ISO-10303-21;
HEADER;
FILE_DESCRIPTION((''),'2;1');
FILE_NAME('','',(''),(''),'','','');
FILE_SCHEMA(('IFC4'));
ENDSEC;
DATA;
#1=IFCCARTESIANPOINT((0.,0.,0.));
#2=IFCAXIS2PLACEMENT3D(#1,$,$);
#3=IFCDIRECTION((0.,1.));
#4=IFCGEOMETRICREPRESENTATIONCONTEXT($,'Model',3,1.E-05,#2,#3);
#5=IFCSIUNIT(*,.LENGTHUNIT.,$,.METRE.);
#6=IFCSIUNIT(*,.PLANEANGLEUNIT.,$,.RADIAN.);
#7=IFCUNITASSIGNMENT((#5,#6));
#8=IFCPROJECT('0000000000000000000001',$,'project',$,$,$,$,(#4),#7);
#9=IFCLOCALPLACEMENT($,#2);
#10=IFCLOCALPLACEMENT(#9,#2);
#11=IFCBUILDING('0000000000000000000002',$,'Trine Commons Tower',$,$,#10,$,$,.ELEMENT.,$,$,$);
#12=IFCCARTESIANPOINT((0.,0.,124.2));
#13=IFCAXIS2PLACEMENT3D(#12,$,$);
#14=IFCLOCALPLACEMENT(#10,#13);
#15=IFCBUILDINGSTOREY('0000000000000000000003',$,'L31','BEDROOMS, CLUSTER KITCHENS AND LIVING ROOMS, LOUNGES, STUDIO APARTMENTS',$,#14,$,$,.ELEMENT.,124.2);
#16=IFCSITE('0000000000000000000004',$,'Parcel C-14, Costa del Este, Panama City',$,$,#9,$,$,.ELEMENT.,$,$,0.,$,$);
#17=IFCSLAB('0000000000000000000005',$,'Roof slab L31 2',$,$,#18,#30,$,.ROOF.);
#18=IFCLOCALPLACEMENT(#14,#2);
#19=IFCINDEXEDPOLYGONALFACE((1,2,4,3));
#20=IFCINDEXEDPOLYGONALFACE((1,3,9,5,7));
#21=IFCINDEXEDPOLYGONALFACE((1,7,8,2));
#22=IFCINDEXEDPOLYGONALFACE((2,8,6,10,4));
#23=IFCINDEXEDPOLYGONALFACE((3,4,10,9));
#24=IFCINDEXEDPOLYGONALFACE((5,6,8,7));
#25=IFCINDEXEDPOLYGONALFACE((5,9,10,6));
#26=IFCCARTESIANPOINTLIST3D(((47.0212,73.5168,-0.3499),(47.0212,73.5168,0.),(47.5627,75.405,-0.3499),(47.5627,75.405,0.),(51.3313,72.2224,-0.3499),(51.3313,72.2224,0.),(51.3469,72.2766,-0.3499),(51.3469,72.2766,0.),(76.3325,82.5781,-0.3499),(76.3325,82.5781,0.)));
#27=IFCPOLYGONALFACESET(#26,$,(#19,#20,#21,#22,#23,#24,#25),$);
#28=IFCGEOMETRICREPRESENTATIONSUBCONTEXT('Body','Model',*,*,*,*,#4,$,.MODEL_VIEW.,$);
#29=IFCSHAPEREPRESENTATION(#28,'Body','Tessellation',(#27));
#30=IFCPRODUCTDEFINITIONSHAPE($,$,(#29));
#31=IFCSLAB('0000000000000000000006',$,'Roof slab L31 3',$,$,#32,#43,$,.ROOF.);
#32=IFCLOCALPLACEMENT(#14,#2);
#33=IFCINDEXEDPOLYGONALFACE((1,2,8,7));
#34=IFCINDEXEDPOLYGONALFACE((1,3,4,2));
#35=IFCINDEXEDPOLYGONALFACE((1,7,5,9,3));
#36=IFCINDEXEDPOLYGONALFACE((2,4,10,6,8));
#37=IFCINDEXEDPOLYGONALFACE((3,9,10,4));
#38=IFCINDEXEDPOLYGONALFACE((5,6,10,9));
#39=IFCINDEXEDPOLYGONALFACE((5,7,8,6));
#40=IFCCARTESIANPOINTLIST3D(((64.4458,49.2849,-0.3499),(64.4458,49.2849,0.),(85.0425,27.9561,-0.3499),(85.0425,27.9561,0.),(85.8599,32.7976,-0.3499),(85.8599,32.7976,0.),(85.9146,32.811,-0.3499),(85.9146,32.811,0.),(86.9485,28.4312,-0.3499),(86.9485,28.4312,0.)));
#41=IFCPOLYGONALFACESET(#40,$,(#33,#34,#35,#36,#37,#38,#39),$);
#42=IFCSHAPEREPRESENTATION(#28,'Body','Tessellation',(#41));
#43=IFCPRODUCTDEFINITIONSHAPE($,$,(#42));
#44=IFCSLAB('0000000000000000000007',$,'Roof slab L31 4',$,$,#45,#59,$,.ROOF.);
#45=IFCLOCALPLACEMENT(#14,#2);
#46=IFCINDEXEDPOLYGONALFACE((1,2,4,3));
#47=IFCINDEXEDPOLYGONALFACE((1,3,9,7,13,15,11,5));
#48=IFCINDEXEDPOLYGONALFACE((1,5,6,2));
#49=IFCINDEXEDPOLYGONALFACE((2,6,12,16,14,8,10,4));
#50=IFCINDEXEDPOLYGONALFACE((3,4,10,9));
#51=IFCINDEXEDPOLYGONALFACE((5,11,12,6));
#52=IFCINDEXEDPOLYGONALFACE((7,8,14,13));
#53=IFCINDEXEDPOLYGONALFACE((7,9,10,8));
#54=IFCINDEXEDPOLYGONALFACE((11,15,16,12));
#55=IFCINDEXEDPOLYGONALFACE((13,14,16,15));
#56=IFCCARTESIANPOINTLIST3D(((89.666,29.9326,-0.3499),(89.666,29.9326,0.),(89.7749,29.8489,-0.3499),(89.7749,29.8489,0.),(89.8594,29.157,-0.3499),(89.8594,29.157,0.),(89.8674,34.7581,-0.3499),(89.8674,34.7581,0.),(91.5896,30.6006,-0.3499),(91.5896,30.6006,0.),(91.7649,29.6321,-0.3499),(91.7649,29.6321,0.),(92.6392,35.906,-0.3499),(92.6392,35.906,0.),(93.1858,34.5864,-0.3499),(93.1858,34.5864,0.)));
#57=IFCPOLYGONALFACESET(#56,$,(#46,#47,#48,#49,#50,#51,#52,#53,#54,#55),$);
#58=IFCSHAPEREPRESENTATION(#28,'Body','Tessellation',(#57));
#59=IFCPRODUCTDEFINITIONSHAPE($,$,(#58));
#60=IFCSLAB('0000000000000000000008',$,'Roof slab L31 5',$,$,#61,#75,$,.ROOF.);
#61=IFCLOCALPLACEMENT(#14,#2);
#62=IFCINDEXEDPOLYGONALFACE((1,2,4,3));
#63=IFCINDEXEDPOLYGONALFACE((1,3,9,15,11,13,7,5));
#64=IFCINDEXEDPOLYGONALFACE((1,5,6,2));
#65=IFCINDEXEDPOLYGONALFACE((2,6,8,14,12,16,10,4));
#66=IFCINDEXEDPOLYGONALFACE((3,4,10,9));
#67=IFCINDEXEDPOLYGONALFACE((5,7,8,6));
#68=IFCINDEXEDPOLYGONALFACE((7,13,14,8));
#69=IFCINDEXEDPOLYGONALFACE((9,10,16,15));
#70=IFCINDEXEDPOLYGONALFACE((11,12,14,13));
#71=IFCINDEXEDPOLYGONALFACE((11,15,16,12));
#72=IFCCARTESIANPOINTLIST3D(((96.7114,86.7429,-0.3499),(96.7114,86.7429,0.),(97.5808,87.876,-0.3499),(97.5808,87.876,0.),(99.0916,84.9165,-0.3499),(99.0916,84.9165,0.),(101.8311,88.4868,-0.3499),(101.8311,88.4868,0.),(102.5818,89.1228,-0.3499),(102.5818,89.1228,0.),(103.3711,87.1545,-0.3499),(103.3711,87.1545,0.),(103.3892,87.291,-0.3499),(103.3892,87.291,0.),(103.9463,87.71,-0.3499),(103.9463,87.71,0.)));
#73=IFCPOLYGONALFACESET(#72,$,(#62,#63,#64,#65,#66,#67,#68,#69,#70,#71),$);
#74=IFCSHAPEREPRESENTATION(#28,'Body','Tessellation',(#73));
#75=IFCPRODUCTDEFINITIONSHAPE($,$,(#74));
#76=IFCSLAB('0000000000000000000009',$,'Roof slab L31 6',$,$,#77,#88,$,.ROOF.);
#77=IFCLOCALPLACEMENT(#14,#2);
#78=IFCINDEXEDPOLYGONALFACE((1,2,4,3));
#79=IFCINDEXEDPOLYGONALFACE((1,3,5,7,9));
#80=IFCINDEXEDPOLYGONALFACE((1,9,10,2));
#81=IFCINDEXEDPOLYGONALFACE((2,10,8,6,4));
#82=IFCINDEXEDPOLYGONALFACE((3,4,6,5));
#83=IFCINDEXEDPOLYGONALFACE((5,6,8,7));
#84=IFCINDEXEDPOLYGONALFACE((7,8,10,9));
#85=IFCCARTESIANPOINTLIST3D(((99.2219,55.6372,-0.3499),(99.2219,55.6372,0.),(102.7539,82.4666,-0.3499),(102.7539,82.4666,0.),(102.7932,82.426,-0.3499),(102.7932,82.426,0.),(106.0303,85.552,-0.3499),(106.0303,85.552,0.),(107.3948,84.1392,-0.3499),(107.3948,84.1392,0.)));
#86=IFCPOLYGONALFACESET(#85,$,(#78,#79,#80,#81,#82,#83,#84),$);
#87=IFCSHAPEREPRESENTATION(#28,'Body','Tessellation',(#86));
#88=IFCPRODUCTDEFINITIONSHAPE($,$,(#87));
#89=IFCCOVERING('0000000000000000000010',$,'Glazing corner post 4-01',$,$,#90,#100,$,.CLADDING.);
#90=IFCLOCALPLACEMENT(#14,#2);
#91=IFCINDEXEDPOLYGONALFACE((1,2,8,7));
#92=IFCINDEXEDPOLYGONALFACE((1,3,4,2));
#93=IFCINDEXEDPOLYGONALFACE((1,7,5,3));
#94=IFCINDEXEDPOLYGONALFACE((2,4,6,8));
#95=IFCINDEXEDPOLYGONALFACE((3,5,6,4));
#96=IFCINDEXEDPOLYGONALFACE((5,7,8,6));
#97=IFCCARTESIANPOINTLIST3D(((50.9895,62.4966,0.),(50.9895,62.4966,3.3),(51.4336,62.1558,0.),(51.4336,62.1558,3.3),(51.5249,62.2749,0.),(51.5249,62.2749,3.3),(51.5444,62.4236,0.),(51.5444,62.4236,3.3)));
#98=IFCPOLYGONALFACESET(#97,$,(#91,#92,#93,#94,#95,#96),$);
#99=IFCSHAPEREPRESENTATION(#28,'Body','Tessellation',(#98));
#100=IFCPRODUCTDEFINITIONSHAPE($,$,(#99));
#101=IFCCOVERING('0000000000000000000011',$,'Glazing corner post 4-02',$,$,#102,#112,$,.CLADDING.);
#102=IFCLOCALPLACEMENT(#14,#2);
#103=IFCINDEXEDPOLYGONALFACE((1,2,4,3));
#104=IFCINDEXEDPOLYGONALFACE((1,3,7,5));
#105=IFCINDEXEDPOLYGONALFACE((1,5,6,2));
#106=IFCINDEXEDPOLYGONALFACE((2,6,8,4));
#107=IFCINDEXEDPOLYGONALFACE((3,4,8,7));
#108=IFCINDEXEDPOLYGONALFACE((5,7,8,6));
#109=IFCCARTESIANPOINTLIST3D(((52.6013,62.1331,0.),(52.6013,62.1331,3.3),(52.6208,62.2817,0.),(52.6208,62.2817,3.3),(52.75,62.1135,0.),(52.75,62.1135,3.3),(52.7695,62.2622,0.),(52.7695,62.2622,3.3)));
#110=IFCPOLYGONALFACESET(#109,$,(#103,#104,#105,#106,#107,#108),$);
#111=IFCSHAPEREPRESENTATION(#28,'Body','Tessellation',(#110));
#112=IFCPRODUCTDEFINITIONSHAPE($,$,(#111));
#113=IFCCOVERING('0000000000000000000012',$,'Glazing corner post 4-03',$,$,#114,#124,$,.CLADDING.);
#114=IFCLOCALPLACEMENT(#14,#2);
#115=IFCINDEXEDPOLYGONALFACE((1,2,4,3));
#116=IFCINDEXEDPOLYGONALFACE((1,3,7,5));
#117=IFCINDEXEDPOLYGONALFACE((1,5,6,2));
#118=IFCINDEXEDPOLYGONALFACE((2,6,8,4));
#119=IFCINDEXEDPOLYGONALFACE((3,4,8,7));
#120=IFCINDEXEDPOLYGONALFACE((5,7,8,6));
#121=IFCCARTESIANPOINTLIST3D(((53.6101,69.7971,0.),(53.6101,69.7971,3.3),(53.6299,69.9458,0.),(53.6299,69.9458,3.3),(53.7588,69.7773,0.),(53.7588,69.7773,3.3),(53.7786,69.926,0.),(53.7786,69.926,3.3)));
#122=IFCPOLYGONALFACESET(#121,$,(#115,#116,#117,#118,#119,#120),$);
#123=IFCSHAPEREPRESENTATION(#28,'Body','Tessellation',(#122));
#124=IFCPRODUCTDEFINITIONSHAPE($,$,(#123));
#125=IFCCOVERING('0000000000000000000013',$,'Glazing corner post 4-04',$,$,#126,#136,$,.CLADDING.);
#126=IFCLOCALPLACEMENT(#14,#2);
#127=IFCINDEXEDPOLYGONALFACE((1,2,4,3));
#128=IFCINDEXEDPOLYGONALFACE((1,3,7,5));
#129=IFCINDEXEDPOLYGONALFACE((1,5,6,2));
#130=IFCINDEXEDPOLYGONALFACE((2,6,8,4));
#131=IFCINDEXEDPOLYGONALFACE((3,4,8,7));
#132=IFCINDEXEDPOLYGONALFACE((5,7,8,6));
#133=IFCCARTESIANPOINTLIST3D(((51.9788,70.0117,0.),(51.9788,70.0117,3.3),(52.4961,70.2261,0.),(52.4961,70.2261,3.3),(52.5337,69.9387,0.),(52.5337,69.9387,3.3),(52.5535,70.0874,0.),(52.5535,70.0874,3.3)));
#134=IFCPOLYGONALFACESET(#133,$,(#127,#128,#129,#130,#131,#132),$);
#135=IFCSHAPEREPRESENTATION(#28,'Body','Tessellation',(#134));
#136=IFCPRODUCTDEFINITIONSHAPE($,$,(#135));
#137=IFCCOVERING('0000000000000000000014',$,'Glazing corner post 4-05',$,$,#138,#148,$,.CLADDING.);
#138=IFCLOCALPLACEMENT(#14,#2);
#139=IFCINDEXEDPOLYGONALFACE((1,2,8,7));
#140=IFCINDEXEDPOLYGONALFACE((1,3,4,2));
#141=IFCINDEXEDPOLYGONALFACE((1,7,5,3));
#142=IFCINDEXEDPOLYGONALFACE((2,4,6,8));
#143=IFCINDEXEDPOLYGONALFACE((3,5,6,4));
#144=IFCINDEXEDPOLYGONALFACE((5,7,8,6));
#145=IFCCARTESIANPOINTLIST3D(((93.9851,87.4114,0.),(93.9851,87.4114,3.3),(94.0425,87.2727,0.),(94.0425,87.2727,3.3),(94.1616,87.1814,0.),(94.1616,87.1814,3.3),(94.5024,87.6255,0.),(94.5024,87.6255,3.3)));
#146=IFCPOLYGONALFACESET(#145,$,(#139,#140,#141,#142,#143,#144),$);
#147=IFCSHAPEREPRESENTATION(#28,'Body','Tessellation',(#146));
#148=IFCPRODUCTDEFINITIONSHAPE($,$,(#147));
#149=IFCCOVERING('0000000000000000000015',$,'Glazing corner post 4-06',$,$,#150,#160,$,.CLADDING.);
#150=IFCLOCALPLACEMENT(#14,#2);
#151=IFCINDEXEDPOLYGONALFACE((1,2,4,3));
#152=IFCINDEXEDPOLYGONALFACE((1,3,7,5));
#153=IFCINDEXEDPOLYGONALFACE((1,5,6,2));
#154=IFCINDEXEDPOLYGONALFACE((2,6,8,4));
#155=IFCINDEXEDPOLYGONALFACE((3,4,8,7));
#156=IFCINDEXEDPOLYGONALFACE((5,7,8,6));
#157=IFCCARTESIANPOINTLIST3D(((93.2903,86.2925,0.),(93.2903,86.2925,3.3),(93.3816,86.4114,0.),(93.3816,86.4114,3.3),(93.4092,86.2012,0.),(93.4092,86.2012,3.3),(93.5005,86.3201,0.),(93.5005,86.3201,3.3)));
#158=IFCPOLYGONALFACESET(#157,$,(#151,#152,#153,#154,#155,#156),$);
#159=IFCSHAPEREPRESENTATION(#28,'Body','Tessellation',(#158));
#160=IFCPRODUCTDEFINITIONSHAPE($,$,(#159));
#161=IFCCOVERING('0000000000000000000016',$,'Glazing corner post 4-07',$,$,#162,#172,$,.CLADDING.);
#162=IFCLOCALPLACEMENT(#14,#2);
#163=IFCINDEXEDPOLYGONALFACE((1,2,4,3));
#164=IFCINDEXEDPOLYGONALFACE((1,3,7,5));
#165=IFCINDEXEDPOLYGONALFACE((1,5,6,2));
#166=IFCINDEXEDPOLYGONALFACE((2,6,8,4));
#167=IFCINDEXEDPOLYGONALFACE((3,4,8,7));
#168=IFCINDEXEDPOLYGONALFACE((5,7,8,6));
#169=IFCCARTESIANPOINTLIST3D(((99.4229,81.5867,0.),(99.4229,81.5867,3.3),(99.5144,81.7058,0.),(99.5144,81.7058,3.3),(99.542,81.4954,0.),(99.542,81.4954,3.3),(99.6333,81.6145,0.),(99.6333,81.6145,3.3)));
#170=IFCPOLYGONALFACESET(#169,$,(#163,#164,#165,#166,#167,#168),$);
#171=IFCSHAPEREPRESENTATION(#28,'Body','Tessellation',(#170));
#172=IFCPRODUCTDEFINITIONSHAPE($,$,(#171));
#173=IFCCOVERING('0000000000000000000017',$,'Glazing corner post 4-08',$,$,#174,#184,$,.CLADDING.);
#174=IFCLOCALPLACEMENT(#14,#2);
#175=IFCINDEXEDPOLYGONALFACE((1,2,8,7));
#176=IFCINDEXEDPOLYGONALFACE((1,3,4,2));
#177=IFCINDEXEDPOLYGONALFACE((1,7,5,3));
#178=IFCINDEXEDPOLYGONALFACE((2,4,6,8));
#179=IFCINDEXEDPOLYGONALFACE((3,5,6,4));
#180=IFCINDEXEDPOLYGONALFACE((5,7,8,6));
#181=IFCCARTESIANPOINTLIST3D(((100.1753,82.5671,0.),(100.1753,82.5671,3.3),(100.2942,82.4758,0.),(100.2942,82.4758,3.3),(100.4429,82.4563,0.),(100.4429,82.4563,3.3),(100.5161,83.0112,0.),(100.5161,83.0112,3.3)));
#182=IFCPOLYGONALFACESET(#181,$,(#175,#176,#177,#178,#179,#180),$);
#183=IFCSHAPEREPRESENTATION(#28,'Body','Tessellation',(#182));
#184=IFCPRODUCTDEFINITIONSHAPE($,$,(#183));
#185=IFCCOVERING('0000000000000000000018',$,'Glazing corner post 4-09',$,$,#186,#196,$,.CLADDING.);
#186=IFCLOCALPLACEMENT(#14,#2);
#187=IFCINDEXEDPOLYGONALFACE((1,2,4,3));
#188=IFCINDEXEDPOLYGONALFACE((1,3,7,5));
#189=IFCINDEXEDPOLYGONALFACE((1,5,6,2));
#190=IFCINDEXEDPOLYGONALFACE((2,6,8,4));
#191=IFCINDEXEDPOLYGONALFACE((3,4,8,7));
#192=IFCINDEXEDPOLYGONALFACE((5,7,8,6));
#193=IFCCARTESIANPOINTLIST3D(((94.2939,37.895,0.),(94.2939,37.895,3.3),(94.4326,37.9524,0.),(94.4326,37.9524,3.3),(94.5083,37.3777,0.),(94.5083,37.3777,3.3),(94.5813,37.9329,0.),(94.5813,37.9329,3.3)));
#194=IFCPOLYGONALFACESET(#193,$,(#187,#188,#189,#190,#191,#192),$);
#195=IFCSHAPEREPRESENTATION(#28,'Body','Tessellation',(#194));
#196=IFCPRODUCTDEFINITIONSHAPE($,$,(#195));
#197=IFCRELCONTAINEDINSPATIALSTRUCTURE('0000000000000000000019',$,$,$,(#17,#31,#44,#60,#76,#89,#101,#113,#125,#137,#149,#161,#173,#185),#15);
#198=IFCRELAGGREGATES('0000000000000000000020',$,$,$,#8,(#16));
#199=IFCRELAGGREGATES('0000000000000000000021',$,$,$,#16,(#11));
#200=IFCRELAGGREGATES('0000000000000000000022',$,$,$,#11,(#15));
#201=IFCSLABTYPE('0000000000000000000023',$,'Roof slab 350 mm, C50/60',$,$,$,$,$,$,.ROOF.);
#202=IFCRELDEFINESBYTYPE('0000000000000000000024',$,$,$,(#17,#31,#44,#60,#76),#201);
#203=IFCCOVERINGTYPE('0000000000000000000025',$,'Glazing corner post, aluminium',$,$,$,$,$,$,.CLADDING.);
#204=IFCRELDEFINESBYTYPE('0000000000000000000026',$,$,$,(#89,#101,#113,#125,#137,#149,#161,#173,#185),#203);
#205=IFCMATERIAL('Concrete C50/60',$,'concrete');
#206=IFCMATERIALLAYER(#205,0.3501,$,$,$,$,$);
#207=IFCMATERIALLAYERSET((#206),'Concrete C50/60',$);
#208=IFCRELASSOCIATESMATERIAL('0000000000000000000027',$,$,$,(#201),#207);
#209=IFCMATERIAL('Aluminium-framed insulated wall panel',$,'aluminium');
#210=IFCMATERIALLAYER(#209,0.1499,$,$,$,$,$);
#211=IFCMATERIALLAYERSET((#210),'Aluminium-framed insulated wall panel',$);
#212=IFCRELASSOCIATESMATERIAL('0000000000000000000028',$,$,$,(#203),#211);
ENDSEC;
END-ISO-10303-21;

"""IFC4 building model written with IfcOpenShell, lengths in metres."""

from ifc_helpers import new_model, si_unit, direction, frame, origin, place, context, subcontext, project, spatial, polyline, outline, extrude, material, layer, layer_set, type_object, element, save


model = new_model("IFC4")

# Units and contexts
model_context = context("Model", 3, precision=1e-05, world=origin(), true_north=direction((0.0, 1.0)))
body_context = subcontext(model_context, "Body", "Model", "MODEL_VIEW")
ifc_project = project(units=[si_unit("LENGTHUNIT", "METRE"), si_unit("PLANEANGLEUNIT", "RADIAN")], contexts=[model_context])

# Site, building, storey
site_placement = place(None, origin())
site = spatial("IfcSite", under=ifc_project, at=site_placement, Name="Parcel C-14, Costa del Este, Panama City", CompositionType="ELEMENT", RefElevation=0.0)
building_placement = place(site_placement, origin())
building = spatial("IfcBuilding", under=site, at=building_placement, Name="Trine Commons Tower", CompositionType="ELEMENT")
storey_placement = place(building_placement, frame((0.0, 0.0, 124.2)))
storey = spatial("IfcBuildingStorey", under=building, at=storey_placement, Name="L31", Description="BEDROOMS, CLUSTER KITCHENS AND LIVING ROOMS, LOUNGES, STUDIO APARTMENTS", CompositionType="ELEMENT", Elevation=124.2)

# Slabs
ifc_material_1 = material(Name="Concrete C50/60", Category="concrete")
ifc_layer_1 = layer(ifc_material_1, 0.3501)
ifc_layer_set_1 = layer_set([ifc_layer_1], Name="Concrete C50/60")
slab_type_1 = type_object("IfcSlabType", Name="Roof slab 350 mm, C50/60", PredefinedType="ROOF", material=ifc_layer_set_1)
slab_1_placement = place(storey_placement, frame((0.0, 0.0, -0.3499)))
element("IfcSlab", 1, at=slab_1_placement, inside=storey, type_object=slab_type_1, Name="Roof slab L31 2", PredefinedType="ROOF", context=body_context, shape_type="SweptSolid", body=[
    extrude(outline(polyline([(51.3313, 72.2224), (76.3325, 82.5781), (47.5627, 75.405), (47.0212, 73.5168), (51.3469, 72.2766), (51.3313, 72.2224)])), origin(), (0.0, 0.0, 1.0), 0.3499),
])
slab_2_placement = place(storey_placement, frame((0.0, 0.0, -0.3499)))
element("IfcSlab", 2, at=slab_2_placement, inside=storey, type_object=slab_type_1, Name="Roof slab L31 3", PredefinedType="ROOF", context=body_context, shape_type="SweptSolid", body=[
    extrude(outline(polyline([(85.9146, 32.811), (64.4458, 49.2849), (85.0425, 27.9561), (86.9485, 28.4312), (85.8599, 32.7976), (85.9146, 32.811)])), origin(), (0.0, 0.0, 1.0), 0.3499),
])
slab_3_placement = place(storey_placement, frame((0.0, 0.0, -0.3499)))
element("IfcSlab", 3, at=slab_3_placement, inside=storey, type_object=slab_type_1, Name="Roof slab L31 4", PredefinedType="ROOF", context=body_context, shape_type="SweptSolid", body=[
    extrude(outline(polyline([(91.7649, 29.6321), (93.1858, 34.5864), (92.6392, 35.906), (89.8674, 34.7581), (91.5896, 30.6006), (89.7749, 29.8489), (89.666, 29.9326), (89.8594, 29.157), (91.7649, 29.6321)])), origin(), (0.0, 0.0, 1.0), 0.3499),
])
slab_4_placement = place(storey_placement, frame((0.0, 0.0, -0.3499)))
element("IfcSlab", 4, at=slab_4_placement, inside=storey, type_object=slab_type_1, Name="Roof slab L31 5", PredefinedType="ROOF", context=body_context, shape_type="SweptSolid", body=[
    extrude(outline(polyline([(97.5808, 87.876), (96.7114, 86.7429), (99.0916, 84.9165), (101.8311, 88.4868), (103.3892, 87.291), (103.3711, 87.1545), (103.9463, 87.71), (102.5818, 89.1228), (97.5808, 87.876)])), origin(), (0.0, 0.0, 1.0), 0.3499),
])
slab_5_placement = place(storey_placement, frame((0.0, 0.0, -0.3499)))
element("IfcSlab", 5, at=slab_5_placement, inside=storey, type_object=slab_type_1, Name="Roof slab L31 6", PredefinedType="ROOF", context=body_context, shape_type="SweptSolid", body=[
    extrude(outline(polyline([(102.7539, 82.4666), (99.2219, 55.6372), (107.3948, 84.1392), (106.0303, 85.552), (102.7932, 82.426), (102.7539, 82.4666)])), origin(), (0.0, 0.0, 1.0), 0.3499),
])

# Coverings
ifc_material_2 = material(Name="Aluminium-framed insulated wall panel", Category="aluminium")
ifc_layer_2 = layer(ifc_material_2, 0.1499)
ifc_layer_set_2 = layer_set([ifc_layer_2], Name="Aluminium-framed insulated wall panel")
covering_type_1 = type_object("IfcCoveringType", Name="Glazing corner post, aluminium", PredefinedType="CLADDING", material=ifc_layer_set_2)
covering_1_placement = place(storey_placement, origin())
element("IfcCovering", 6, at=covering_1_placement, inside=storey, type_object=covering_type_1, Name="Glazing corner post 4-01", PredefinedType="CLADDING", context=body_context, shape_type="SweptSolid", body=[
    extrude(outline(polyline([(51.4336, 62.1558), (51.5249, 62.2749), (51.5444, 62.4236), (50.9895, 62.4966), (51.4336, 62.1558)])), origin(), (0.0, 0.0, 1.0), 3.3),
])
covering_2_placement = place(storey_placement, origin())
element("IfcCovering", 7, at=covering_2_placement, inside=storey, type_object=covering_type_1, Name="Glazing corner post 4-02", PredefinedType="CLADDING", context=body_context, shape_type="SweptSolid", body=[
    extrude(outline(polyline([(52.6013, 62.1331), (52.75, 62.1135), (52.7695, 62.2622), (52.6208, 62.2817), (52.6013, 62.1331)])), origin(), (0.0, 0.0, 1.0), 3.3),
])
covering_3_placement = place(storey_placement, origin())
element("IfcCovering", 8, at=covering_3_placement, inside=storey, type_object=covering_type_1, Name="Glazing corner post 4-03", PredefinedType="CLADDING", context=body_context, shape_type="SweptSolid", body=[
    extrude(outline(polyline([(53.6101, 69.7971), (53.7588, 69.7773), (53.7786, 69.926), (53.6299, 69.9458), (53.6101, 69.7971)])), origin(), (0.0, 0.0, 1.0), 3.3),
])
covering_4_placement = place(storey_placement, origin())
element("IfcCovering", 9, at=covering_4_placement, inside=storey, type_object=covering_type_1, Name="Glazing corner post 4-04", PredefinedType="CLADDING", context=body_context, shape_type="SweptSolid", body=[
    extrude(outline(polyline([(52.5337, 69.9387), (52.5535, 70.0874), (52.4961, 70.2261), (51.9788, 70.0117), (52.5337, 69.9387)])), origin(), (0.0, 0.0, 1.0), 3.3),
])
covering_5_placement = place(storey_placement, origin())
element("IfcCovering", 10, at=covering_5_placement, inside=storey, type_object=covering_type_1, Name="Glazing corner post 4-05", PredefinedType="CLADDING", context=body_context, shape_type="SweptSolid", body=[
    extrude(outline(polyline([(94.0425, 87.2727), (94.0425, 87.2727), (94.1616, 87.1814), (94.5024, 87.6255), (93.9851, 87.4114), (94.0425, 87.2727)])), origin(), (0.0, 0.0, 1.0), 3.3),
])
covering_6_placement = place(storey_placement, origin())
element("IfcCovering", 11, at=covering_6_placement, inside=storey, type_object=covering_type_1, Name="Glazing corner post 4-06", PredefinedType="CLADDING", context=body_context, shape_type="SweptSolid", body=[
    extrude(outline(polyline([(93.4092, 86.2012), (93.5005, 86.3201), (93.3816, 86.4114), (93.2903, 86.2925), (93.4092, 86.2012)])), origin(), (0.0, 0.0, 1.0), 3.3),
])
covering_7_placement = place(storey_placement, origin())
element("IfcCovering", 12, at=covering_7_placement, inside=storey, type_object=covering_type_1, Name="Glazing corner post 4-07", PredefinedType="CLADDING", context=body_context, shape_type="SweptSolid", body=[
    extrude(outline(polyline([(99.4229, 81.5867), (99.542, 81.4954), (99.6333, 81.6145), (99.5144, 81.7058), (99.4229, 81.5867)])), origin(), (0.0, 0.0, 1.0), 3.3),
])
covering_8_placement = place(storey_placement, origin())
element("IfcCovering", 13, at=covering_8_placement, inside=storey, type_object=covering_type_1, Name="Glazing corner post 4-08", PredefinedType="CLADDING", context=body_context, shape_type="SweptSolid", body=[
    extrude(outline(polyline([(100.4429, 82.4563), (100.5161, 83.0112), (100.1753, 82.5671), (100.2942, 82.4758), (100.4429, 82.4563)])), origin(), (0.0, 0.0, 1.0), 3.3),
])
covering_9_placement = place(storey_placement, origin())
element("IfcCovering", 14, at=covering_9_placement, inside=storey, type_object=covering_type_1, Name="Glazing corner post 4-09", PredefinedType="CLADDING", context=body_context, shape_type="SweptSolid", body=[
    extrude(outline(polyline([(94.2939, 37.895), (94.5083, 37.3777), (94.5813, 37.9329), (94.4326, 37.9524), (94.4326, 37.9524), (94.2939, 37.895)])), origin(), (0.0, 0.0, 1.0), 3.3),
])

save(model, "model.ifc")
